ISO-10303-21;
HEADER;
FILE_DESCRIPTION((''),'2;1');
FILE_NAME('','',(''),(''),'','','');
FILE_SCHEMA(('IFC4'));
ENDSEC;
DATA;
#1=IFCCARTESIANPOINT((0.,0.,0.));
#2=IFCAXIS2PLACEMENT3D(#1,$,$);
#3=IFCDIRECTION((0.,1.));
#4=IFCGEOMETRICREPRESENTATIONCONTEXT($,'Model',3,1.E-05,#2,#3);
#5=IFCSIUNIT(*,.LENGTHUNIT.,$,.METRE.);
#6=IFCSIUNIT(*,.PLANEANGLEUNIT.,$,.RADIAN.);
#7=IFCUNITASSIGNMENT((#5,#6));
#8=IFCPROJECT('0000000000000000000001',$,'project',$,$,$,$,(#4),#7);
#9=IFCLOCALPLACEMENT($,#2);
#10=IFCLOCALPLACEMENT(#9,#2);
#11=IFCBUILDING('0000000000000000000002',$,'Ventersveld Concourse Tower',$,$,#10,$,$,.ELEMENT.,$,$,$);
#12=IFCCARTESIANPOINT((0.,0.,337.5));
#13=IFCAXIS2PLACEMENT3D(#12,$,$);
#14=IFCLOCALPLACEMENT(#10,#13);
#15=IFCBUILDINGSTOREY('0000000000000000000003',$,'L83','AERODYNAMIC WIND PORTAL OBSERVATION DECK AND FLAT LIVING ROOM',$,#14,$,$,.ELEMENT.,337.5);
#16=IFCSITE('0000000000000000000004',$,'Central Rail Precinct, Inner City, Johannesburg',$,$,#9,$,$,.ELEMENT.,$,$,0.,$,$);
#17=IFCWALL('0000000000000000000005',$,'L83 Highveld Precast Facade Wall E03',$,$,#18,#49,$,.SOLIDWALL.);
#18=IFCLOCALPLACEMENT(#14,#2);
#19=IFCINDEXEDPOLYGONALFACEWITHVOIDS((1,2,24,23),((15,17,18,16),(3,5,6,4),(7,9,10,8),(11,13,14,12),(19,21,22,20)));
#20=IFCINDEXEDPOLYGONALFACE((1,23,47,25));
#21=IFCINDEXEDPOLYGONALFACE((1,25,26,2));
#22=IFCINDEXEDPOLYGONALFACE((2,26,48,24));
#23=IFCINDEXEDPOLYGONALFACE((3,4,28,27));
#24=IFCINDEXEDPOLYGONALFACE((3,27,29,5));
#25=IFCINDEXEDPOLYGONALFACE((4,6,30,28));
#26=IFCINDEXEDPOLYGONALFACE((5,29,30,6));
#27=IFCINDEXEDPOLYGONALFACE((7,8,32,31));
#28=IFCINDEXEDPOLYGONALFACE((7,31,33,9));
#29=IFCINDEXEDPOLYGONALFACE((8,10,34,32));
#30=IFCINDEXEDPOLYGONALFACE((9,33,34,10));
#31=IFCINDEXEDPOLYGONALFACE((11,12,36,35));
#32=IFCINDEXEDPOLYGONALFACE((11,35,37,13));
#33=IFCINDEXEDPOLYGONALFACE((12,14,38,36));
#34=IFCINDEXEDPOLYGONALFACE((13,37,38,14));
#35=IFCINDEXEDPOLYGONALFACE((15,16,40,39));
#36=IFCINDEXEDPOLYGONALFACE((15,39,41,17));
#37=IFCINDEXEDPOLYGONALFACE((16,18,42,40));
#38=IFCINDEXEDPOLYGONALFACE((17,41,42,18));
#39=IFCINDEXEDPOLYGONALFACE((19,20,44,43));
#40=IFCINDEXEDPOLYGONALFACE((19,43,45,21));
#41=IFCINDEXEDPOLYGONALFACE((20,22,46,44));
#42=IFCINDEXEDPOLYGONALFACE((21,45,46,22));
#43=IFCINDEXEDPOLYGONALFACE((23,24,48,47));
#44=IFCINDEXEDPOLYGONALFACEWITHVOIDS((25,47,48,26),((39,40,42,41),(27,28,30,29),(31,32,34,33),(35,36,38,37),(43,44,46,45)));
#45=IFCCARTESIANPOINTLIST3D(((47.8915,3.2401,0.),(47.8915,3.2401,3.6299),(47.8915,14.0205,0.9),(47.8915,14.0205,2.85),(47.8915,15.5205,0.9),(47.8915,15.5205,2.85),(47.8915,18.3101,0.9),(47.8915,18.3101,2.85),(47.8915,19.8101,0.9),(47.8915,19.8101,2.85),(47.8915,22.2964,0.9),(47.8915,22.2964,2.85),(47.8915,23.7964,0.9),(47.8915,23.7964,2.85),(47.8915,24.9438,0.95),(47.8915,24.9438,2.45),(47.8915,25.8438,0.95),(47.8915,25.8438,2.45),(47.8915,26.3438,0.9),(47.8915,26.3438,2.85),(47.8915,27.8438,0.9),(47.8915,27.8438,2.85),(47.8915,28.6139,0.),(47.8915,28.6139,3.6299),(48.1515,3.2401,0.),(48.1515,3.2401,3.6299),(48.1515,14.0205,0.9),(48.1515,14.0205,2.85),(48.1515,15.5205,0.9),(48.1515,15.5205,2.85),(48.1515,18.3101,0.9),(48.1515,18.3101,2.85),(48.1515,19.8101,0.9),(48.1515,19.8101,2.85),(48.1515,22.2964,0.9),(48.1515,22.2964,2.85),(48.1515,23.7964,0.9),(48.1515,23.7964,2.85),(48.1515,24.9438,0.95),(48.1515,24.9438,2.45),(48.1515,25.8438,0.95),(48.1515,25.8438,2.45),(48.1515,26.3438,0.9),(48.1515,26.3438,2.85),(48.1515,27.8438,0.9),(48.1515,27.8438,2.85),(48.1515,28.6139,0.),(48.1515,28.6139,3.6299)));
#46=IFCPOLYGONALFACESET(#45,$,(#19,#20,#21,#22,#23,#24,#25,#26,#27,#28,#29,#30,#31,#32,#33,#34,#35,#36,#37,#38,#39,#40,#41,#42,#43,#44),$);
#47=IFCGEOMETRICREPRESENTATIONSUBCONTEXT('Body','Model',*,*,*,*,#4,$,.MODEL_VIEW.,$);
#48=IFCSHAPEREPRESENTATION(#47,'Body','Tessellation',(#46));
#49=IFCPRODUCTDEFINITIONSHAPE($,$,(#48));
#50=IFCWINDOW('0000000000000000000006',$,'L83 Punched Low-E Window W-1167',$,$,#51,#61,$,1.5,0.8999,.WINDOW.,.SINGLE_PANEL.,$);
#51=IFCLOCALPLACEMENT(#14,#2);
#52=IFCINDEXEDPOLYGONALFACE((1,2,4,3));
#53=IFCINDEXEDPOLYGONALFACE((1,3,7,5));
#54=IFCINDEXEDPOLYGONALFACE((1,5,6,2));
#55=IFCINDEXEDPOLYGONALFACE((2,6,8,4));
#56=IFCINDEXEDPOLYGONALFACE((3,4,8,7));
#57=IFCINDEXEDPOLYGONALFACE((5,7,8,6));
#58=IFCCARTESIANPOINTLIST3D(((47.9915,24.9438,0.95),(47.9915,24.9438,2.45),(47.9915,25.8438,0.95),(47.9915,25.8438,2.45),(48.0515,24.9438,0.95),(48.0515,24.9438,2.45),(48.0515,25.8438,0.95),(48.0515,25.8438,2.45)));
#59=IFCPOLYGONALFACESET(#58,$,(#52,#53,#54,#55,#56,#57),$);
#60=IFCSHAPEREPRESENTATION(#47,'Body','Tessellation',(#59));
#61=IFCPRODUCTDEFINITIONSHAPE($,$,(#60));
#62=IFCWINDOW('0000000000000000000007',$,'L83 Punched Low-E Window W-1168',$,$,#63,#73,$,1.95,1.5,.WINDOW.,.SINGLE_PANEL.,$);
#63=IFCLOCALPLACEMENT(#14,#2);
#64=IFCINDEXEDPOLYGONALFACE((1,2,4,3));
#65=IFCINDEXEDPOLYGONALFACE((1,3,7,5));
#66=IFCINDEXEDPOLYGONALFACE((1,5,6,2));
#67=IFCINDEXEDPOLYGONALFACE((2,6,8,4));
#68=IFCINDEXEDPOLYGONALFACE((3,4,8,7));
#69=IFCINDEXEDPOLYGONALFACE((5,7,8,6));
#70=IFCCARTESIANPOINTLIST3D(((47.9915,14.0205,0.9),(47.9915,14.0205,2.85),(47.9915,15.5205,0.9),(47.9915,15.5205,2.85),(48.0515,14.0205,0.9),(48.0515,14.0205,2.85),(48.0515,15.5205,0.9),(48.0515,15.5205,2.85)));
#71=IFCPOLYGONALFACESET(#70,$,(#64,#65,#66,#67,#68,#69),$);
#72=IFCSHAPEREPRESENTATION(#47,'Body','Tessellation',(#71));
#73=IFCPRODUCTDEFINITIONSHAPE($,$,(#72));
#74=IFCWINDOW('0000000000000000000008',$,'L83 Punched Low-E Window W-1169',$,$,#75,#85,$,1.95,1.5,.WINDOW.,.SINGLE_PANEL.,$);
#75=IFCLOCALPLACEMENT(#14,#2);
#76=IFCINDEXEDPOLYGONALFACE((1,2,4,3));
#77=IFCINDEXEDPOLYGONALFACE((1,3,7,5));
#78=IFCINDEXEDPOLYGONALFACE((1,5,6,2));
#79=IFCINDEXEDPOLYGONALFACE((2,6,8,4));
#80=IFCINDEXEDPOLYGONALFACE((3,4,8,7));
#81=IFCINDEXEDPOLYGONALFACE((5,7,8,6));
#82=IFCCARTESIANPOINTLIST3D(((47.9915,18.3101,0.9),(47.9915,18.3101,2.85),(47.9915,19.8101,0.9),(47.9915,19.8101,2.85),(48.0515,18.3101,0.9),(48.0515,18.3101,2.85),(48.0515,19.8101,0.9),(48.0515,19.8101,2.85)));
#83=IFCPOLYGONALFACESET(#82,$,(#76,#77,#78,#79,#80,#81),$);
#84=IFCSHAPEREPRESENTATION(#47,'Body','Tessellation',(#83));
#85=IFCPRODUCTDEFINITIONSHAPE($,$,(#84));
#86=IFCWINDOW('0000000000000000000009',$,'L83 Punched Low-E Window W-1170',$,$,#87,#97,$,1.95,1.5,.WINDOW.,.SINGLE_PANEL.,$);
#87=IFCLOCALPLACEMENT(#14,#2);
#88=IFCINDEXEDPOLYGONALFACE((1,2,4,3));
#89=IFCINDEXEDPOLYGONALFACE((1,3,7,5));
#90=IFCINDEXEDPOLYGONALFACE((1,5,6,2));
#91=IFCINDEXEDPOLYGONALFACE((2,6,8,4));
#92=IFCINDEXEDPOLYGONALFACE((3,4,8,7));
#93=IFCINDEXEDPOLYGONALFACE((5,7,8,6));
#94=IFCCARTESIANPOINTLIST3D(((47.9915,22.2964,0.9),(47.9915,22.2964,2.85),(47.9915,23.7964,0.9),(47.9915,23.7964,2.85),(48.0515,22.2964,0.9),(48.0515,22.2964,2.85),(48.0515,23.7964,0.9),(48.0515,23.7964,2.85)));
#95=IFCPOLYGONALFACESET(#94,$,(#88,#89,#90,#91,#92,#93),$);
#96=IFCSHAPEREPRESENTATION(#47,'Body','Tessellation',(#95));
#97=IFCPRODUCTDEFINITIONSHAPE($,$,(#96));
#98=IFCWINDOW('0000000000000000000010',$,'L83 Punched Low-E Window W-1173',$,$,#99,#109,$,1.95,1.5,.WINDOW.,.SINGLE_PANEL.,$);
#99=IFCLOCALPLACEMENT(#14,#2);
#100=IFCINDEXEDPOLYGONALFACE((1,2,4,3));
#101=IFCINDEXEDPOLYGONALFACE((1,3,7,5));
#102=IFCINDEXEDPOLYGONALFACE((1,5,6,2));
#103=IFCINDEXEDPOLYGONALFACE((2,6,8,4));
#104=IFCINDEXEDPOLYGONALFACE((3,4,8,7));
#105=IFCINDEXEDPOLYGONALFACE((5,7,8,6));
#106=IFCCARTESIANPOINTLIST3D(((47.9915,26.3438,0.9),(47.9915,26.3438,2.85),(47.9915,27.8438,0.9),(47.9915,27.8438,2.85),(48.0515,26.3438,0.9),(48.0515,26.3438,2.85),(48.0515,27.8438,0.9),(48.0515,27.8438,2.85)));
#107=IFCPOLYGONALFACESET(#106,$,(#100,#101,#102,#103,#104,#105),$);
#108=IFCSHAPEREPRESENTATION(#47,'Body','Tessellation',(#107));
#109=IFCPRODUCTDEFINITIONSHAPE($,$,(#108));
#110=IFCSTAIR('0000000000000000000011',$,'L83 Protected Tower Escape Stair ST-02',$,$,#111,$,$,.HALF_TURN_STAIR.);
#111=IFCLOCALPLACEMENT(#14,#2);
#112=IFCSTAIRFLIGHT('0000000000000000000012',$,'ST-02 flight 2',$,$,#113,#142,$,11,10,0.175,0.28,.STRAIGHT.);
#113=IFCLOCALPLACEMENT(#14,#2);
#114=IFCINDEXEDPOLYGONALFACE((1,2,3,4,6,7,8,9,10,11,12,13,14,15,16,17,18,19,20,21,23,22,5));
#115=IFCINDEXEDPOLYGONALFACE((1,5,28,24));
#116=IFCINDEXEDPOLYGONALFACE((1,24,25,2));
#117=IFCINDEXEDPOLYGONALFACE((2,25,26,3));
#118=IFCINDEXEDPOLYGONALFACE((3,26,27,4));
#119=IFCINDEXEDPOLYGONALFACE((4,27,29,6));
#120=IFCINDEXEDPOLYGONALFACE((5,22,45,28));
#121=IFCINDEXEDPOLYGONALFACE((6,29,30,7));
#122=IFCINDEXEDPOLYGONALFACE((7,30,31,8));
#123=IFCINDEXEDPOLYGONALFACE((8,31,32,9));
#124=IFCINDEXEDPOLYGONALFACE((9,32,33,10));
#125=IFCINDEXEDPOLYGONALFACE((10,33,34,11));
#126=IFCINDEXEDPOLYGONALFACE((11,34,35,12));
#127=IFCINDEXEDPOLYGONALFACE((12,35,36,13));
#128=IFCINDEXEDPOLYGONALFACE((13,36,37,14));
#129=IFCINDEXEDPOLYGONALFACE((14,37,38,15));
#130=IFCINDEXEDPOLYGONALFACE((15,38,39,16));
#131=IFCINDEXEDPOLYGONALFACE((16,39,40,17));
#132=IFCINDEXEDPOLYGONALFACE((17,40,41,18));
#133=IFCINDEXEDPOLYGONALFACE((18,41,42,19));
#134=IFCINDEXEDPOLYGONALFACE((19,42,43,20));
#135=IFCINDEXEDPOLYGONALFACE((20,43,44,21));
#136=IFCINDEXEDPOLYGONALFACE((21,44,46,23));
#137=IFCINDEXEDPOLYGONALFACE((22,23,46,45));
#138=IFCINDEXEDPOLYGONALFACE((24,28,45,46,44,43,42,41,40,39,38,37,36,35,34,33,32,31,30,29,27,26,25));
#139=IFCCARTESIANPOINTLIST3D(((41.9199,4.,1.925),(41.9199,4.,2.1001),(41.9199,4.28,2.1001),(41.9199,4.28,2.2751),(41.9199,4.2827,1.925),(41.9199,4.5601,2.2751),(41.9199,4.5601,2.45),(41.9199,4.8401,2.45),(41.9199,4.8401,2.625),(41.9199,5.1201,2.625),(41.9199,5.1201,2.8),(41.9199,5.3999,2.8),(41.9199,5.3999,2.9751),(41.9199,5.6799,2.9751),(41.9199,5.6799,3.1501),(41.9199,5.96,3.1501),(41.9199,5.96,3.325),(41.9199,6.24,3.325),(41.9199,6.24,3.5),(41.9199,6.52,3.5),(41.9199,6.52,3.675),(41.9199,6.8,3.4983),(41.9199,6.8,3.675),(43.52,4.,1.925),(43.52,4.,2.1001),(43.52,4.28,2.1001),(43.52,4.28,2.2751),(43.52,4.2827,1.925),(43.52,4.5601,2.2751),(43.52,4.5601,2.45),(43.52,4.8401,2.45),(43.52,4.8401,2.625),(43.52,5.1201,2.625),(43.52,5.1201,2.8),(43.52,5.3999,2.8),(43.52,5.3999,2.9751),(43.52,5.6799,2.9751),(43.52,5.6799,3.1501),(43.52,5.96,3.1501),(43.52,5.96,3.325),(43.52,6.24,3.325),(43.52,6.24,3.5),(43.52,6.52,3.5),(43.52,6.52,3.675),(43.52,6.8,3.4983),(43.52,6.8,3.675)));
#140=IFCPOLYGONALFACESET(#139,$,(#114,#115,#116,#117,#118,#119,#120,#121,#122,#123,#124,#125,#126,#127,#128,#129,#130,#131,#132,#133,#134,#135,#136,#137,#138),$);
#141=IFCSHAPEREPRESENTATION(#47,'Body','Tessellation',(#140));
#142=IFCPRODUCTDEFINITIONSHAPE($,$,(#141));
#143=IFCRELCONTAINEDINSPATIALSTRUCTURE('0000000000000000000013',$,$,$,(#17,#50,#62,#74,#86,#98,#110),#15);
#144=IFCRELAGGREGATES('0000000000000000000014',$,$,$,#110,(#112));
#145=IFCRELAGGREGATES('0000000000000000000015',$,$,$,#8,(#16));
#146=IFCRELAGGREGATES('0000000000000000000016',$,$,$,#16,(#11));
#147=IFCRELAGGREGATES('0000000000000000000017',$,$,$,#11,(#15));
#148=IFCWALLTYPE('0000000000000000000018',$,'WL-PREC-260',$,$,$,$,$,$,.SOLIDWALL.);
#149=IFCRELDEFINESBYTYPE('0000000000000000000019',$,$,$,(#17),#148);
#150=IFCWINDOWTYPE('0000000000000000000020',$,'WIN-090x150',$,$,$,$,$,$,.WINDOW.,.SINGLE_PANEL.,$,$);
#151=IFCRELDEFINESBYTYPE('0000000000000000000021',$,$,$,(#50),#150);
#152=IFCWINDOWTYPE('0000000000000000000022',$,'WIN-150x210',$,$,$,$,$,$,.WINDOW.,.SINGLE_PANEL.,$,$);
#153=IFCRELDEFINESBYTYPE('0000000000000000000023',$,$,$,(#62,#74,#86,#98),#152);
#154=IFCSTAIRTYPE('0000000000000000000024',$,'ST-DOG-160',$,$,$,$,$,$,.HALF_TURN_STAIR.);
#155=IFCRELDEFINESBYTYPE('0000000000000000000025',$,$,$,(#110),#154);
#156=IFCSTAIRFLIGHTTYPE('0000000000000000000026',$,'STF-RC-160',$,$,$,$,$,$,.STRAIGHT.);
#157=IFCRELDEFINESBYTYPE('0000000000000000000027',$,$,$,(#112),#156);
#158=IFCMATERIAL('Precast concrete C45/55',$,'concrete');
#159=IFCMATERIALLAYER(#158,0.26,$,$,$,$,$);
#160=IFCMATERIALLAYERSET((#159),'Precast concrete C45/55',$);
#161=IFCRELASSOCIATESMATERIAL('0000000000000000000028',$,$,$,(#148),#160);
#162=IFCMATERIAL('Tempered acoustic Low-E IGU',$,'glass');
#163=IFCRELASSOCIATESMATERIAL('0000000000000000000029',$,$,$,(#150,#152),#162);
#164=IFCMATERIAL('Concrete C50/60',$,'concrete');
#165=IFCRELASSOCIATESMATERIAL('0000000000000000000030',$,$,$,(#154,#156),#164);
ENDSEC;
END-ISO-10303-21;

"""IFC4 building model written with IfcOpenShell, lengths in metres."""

from ifc_helpers import new_model, si_unit, direction, frame, frame_2d, origin, place, context, subcontext, project, spatial, polyline, rectangle, outline, extrude, material, layer, layer_set, type_object, element, fill, aggregate, save


model = new_model("IFC4")

# Units and contexts
model_context = context("Model", 3, precision=1e-05, world=origin(), true_north=direction((0.0, 1.0)))
body_context = subcontext(model_context, "Body", "Model", "MODEL_VIEW")
ifc_project = project(units=[si_unit("LENGTHUNIT", "METRE"), si_unit("PLANEANGLEUNIT", "RADIAN")], contexts=[model_context])

# Site, building, storey
site_placement = place(None, origin())
site = spatial("IfcSite", under=ifc_project, at=site_placement, Name="Central Rail Precinct, Inner City, Johannesburg", CompositionType="ELEMENT", RefElevation=0.0)
building_placement = place(site_placement, origin())
building = spatial("IfcBuilding", under=site, at=building_placement, Name="Ventersveld Concourse Tower", CompositionType="ELEMENT")
storey_placement = place(building_placement, frame((0.0, 0.0, 337.5)))
storey = spatial("IfcBuildingStorey", under=building, at=storey_placement, Name="L83", Description="AERODYNAMIC WIND PORTAL OBSERVATION DECK AND FLAT LIVING ROOM", CompositionType="ELEMENT", Elevation=337.5)

# Shared definitions
ifc_material_1 = material(Name="Concrete C50/60", Category="concrete")

# Shared definitions
ifc_material_2 = material(Name="Precast concrete C45/55", Category="concrete")
ifc_layer_1 = layer(ifc_material_2, 0.26)
ifc_layer_set_1 = layer_set([ifc_layer_1], Name="Precast concrete C45/55")
wall_type_1 = type_object("IfcWallType", Name="WL-PREC-260", PredefinedType="SOLIDWALL", material=ifc_layer_set_1)

# Shared definitions
ifc_material_3 = material(Name="Tempered acoustic Low-E IGU", Category="glass")

# Wall, openings, windows
wall_1_placement = place(storey_placement, frame((48.0215, 3.24, 0.0), z_axis=(0.0, 0.0, 1.0), x_axis=(0.0, 1.0, 0.0)))
wall_1 = element("IfcWall", 1, at=wall_1_placement, inside=storey, type_object=wall_type_1, Name="L83 Highveld Precast Facade Wall E03", PredefinedType="SOLIDWALL", context=body_context, shape_type="SweptSolid", body=[
    extrude(rectangle(XDim=25.3738, YDim=0.26, at=frame_2d((12.687, 0.0))), origin(), (0.0, 0.0, 1.0), 3.6299),
])
opening_1_placement = place(wall_1_placement, frame((21.7039, 0.0, 0.95)))
opening_1 = element("IfcOpeningElement", 2, at=opening_1_placement, cuts=wall_1, PredefinedType="OPENING", context=body_context, shape_type="SweptSolid", body=[
    extrude(rectangle(XDim=0.8999, YDim=1.5, at=frame_2d((0.45, 0.75))), frame((0.0, 0.1401, 0.0), z_axis=(0.0, -1.0, 0.0), x_axis=(1.0, 0.0, 0.0)), (0.0, 0.0, 1.0), 0.28),
])
opening_2_placement = place(wall_1_placement, frame((10.7805, 0.0, 0.8999)))
opening_2 = element("IfcOpeningElement", 3, at=opening_2_placement, cuts=wall_1, PredefinedType="OPENING", context=body_context, shape_type="SweptSolid", body=[
    extrude(rectangle(XDim=1.5, YDim=1.95, at=frame_2d((0.75, 0.9751))), frame((0.0, 0.1401, 0.0), z_axis=(0.0, -1.0, 0.0), x_axis=(1.0, 0.0, 0.0)), (0.0, 0.0, 1.0), 0.28),
])
opening_3_placement = place(wall_1_placement, frame((15.0701, 0.0, 0.8999)))
opening_3 = element("IfcOpeningElement", 4, at=opening_3_placement, cuts=wall_1, PredefinedType="OPENING", context=body_context, shape_type="SweptSolid", body=[
    extrude(rectangle(XDim=1.5, YDim=1.95, at=frame_2d((0.75, 0.9751))), frame((0.0, 0.1401, 0.0), z_axis=(0.0, -1.0, 0.0), x_axis=(1.0, 0.0, 0.0)), (0.0, 0.0, 1.0), 0.28),
])
opening_4_placement = place(wall_1_placement, frame((19.0564, 0.0, 0.8999)))
opening_4 = element("IfcOpeningElement", 5, at=opening_4_placement, cuts=wall_1, PredefinedType="OPENING", context=body_context, shape_type="SweptSolid", body=[
    extrude(rectangle(XDim=1.5, YDim=1.95, at=frame_2d((0.75, 0.9751))), frame((0.0, 0.1401, 0.0), z_axis=(0.0, -1.0, 0.0), x_axis=(1.0, 0.0, 0.0)), (0.0, 0.0, 1.0), 0.28),
])
opening_5_placement = place(wall_1_placement, frame((23.1038, 0.0, 0.8999)))
opening_5 = element("IfcOpeningElement", 6, at=opening_5_placement, cuts=wall_1, PredefinedType="OPENING", context=body_context, shape_type="SweptSolid", body=[
    extrude(rectangle(XDim=1.5, YDim=1.95, at=frame_2d((0.75, 0.9751))), frame((0.0, 0.1401, 0.0), z_axis=(0.0, -1.0, 0.0), x_axis=(1.0, 0.0, 0.0)), (0.0, 0.0, 1.0), 0.28),
])
window_type_1 = type_object("IfcWindowType", Name="WIN-090x150", PartitioningType="SINGLE_PANEL", PredefinedType="WINDOW", material=ifc_material_3)
window_1_placement = place(opening_1_placement, origin())
window_1 = element("IfcWindow", 7, at=window_1_placement, inside=storey, type_object=window_type_1, Name="L83 Punched Low-E Window W-1167", OverallHeight=1.5, OverallWidth=0.8999, PartitioningType="SINGLE_PANEL", PredefinedType="WINDOW", context=body_context, shape_type="SweptSolid", body=[
    extrude(rectangle(XDim=0.8999, YDim=1.5, at=frame_2d((0.45, 0.75))), frame((0.0, 0.03, 0.0), z_axis=(0.0, -1.0, 0.0), x_axis=(1.0, 0.0, 0.0)), (0.0, 0.0, 1.0), 0.0601),
])
fill(opening_1, window_1)
window_type_2 = type_object("IfcWindowType", Name="WIN-150x210", PartitioningType="SINGLE_PANEL", PredefinedType="WINDOW", material=ifc_material_3)
window_2_placement = place(opening_2_placement, origin())
window_2 = element("IfcWindow", 8, at=window_2_placement, inside=storey, type_object=window_type_2, Name="L83 Punched Low-E Window W-1168", OverallHeight=1.95, OverallWidth=1.5, PartitioningType="SINGLE_PANEL", PredefinedType="WINDOW", context=body_context, shape_type="SweptSolid", body=[
    extrude(rectangle(XDim=1.5, YDim=1.95, at=frame_2d((0.75, 0.9751))), frame((0.0, 0.03, 0.0), z_axis=(0.0, -1.0, 0.0), x_axis=(1.0, 0.0, 0.0)), (0.0, 0.0, 1.0), 0.0601),
])
fill(opening_2, window_2)
window_3_placement = place(opening_3_placement, origin())
window_3 = element("IfcWindow", 9, at=window_3_placement, inside=storey, type_object=window_type_2, Name="L83 Punched Low-E Window W-1169", OverallHeight=1.95, OverallWidth=1.5, PartitioningType="SINGLE_PANEL", PredefinedType="WINDOW", context=body_context, shape_type="SweptSolid", body=[
    extrude(rectangle(XDim=1.5, YDim=1.95, at=frame_2d((0.75, 0.9751))), frame((0.0, 0.03, 0.0), z_axis=(0.0, -1.0, 0.0), x_axis=(1.0, 0.0, 0.0)), (0.0, 0.0, 1.0), 0.0601),
])
fill(opening_3, window_3)
window_4_placement = place(opening_4_placement, origin())
window_4 = element("IfcWindow", 10, at=window_4_placement, inside=storey, type_object=window_type_2, Name="L83 Punched Low-E Window W-1170", OverallHeight=1.95, OverallWidth=1.5, PartitioningType="SINGLE_PANEL", PredefinedType="WINDOW", context=body_context, shape_type="SweptSolid", body=[
    extrude(rectangle(XDim=1.5, YDim=1.95, at=frame_2d((0.75, 0.9751))), frame((0.0, 0.03, 0.0), z_axis=(0.0, -1.0, 0.0), x_axis=(1.0, 0.0, 0.0)), (0.0, 0.0, 1.0), 0.0601),
])
fill(opening_4, window_4)
window_5_placement = place(opening_5_placement, origin())
window_5 = element("IfcWindow", 11, at=window_5_placement, inside=storey, type_object=window_type_2, Name="L83 Punched Low-E Window W-1173", OverallHeight=1.95, OverallWidth=1.5, PartitioningType="SINGLE_PANEL", PredefinedType="WINDOW", context=body_context, shape_type="SweptSolid", body=[
    extrude(rectangle(XDim=1.5, YDim=1.95, at=frame_2d((0.75, 0.9751))), frame((0.0, 0.03, 0.0), z_axis=(0.0, -1.0, 0.0), x_axis=(1.0, 0.0, 0.0)), (0.0, 0.0, 1.0), 0.0601),
])
fill(opening_5, window_5)

# Stair, stair flight
stair_type = type_object("IfcStairType", Name="ST-DOG-160", PredefinedType="HALF_TURN_STAIR", material=ifc_material_1)
stair_placement = place(storey_placement, origin())
stair = element("IfcStair", 12, at=stair_placement, inside=storey, type_object=stair_type, Name="L83 Protected Tower Escape Stair ST-02", PredefinedType="HALF_TURN_STAIR")
stair_flight_type = type_object("IfcStairFlightType", Name="STF-RC-160", PredefinedType="STRAIGHT", material=ifc_material_1)
stair_flight_placement = place(storey_placement, frame((42.72, 4.0, 1.925), z_axis=(0.0, 0.0, 1.0), x_axis=(0.0, 1.0, 0.0)))
stair_flight = element("IfcStairFlight", 13, at=stair_flight_placement, type_object=stair_flight_type, Name="ST-02 flight 2", NumberOfRisers=11, NumberOfTreads=10, PredefinedType="STRAIGHT", RiserHeight=0.175, TreadLength=0.28, context=body_context, shape_type="SweptSolid", body=[
    extrude(outline(polyline([(0.0, 0.0), (0.0, 0.175), (0.28, 0.175), (0.28, 0.3501), (0.5601, 0.3501), (0.5601, 0.5249), (0.8401, 0.5249), (0.8401, 0.7), (1.1201, 0.7), (1.1201, 0.875), (1.3999, 0.875), (1.3999, 1.05), (1.6799, 1.05), (1.6799, 1.2251), (1.96, 1.2251), (1.96, 1.3999), (2.24, 1.3999), (2.24, 1.575), (2.52, 1.575), (2.52, 1.75), (2.8, 1.75), (2.8, 1.925), (2.8, 1.5732), (0.2827, 0.0), (0.0, 0.0)])), frame((0.0, 0.8, 0.0), z_axis=(0.0, -1.0, 0.0), x_axis=(1.0, 0.0, 0.0)), (0.0, 0.0, 1.0), 1.6001),
])
aggregate(stair, [stair_flight])

save(model, "model.ifc")
